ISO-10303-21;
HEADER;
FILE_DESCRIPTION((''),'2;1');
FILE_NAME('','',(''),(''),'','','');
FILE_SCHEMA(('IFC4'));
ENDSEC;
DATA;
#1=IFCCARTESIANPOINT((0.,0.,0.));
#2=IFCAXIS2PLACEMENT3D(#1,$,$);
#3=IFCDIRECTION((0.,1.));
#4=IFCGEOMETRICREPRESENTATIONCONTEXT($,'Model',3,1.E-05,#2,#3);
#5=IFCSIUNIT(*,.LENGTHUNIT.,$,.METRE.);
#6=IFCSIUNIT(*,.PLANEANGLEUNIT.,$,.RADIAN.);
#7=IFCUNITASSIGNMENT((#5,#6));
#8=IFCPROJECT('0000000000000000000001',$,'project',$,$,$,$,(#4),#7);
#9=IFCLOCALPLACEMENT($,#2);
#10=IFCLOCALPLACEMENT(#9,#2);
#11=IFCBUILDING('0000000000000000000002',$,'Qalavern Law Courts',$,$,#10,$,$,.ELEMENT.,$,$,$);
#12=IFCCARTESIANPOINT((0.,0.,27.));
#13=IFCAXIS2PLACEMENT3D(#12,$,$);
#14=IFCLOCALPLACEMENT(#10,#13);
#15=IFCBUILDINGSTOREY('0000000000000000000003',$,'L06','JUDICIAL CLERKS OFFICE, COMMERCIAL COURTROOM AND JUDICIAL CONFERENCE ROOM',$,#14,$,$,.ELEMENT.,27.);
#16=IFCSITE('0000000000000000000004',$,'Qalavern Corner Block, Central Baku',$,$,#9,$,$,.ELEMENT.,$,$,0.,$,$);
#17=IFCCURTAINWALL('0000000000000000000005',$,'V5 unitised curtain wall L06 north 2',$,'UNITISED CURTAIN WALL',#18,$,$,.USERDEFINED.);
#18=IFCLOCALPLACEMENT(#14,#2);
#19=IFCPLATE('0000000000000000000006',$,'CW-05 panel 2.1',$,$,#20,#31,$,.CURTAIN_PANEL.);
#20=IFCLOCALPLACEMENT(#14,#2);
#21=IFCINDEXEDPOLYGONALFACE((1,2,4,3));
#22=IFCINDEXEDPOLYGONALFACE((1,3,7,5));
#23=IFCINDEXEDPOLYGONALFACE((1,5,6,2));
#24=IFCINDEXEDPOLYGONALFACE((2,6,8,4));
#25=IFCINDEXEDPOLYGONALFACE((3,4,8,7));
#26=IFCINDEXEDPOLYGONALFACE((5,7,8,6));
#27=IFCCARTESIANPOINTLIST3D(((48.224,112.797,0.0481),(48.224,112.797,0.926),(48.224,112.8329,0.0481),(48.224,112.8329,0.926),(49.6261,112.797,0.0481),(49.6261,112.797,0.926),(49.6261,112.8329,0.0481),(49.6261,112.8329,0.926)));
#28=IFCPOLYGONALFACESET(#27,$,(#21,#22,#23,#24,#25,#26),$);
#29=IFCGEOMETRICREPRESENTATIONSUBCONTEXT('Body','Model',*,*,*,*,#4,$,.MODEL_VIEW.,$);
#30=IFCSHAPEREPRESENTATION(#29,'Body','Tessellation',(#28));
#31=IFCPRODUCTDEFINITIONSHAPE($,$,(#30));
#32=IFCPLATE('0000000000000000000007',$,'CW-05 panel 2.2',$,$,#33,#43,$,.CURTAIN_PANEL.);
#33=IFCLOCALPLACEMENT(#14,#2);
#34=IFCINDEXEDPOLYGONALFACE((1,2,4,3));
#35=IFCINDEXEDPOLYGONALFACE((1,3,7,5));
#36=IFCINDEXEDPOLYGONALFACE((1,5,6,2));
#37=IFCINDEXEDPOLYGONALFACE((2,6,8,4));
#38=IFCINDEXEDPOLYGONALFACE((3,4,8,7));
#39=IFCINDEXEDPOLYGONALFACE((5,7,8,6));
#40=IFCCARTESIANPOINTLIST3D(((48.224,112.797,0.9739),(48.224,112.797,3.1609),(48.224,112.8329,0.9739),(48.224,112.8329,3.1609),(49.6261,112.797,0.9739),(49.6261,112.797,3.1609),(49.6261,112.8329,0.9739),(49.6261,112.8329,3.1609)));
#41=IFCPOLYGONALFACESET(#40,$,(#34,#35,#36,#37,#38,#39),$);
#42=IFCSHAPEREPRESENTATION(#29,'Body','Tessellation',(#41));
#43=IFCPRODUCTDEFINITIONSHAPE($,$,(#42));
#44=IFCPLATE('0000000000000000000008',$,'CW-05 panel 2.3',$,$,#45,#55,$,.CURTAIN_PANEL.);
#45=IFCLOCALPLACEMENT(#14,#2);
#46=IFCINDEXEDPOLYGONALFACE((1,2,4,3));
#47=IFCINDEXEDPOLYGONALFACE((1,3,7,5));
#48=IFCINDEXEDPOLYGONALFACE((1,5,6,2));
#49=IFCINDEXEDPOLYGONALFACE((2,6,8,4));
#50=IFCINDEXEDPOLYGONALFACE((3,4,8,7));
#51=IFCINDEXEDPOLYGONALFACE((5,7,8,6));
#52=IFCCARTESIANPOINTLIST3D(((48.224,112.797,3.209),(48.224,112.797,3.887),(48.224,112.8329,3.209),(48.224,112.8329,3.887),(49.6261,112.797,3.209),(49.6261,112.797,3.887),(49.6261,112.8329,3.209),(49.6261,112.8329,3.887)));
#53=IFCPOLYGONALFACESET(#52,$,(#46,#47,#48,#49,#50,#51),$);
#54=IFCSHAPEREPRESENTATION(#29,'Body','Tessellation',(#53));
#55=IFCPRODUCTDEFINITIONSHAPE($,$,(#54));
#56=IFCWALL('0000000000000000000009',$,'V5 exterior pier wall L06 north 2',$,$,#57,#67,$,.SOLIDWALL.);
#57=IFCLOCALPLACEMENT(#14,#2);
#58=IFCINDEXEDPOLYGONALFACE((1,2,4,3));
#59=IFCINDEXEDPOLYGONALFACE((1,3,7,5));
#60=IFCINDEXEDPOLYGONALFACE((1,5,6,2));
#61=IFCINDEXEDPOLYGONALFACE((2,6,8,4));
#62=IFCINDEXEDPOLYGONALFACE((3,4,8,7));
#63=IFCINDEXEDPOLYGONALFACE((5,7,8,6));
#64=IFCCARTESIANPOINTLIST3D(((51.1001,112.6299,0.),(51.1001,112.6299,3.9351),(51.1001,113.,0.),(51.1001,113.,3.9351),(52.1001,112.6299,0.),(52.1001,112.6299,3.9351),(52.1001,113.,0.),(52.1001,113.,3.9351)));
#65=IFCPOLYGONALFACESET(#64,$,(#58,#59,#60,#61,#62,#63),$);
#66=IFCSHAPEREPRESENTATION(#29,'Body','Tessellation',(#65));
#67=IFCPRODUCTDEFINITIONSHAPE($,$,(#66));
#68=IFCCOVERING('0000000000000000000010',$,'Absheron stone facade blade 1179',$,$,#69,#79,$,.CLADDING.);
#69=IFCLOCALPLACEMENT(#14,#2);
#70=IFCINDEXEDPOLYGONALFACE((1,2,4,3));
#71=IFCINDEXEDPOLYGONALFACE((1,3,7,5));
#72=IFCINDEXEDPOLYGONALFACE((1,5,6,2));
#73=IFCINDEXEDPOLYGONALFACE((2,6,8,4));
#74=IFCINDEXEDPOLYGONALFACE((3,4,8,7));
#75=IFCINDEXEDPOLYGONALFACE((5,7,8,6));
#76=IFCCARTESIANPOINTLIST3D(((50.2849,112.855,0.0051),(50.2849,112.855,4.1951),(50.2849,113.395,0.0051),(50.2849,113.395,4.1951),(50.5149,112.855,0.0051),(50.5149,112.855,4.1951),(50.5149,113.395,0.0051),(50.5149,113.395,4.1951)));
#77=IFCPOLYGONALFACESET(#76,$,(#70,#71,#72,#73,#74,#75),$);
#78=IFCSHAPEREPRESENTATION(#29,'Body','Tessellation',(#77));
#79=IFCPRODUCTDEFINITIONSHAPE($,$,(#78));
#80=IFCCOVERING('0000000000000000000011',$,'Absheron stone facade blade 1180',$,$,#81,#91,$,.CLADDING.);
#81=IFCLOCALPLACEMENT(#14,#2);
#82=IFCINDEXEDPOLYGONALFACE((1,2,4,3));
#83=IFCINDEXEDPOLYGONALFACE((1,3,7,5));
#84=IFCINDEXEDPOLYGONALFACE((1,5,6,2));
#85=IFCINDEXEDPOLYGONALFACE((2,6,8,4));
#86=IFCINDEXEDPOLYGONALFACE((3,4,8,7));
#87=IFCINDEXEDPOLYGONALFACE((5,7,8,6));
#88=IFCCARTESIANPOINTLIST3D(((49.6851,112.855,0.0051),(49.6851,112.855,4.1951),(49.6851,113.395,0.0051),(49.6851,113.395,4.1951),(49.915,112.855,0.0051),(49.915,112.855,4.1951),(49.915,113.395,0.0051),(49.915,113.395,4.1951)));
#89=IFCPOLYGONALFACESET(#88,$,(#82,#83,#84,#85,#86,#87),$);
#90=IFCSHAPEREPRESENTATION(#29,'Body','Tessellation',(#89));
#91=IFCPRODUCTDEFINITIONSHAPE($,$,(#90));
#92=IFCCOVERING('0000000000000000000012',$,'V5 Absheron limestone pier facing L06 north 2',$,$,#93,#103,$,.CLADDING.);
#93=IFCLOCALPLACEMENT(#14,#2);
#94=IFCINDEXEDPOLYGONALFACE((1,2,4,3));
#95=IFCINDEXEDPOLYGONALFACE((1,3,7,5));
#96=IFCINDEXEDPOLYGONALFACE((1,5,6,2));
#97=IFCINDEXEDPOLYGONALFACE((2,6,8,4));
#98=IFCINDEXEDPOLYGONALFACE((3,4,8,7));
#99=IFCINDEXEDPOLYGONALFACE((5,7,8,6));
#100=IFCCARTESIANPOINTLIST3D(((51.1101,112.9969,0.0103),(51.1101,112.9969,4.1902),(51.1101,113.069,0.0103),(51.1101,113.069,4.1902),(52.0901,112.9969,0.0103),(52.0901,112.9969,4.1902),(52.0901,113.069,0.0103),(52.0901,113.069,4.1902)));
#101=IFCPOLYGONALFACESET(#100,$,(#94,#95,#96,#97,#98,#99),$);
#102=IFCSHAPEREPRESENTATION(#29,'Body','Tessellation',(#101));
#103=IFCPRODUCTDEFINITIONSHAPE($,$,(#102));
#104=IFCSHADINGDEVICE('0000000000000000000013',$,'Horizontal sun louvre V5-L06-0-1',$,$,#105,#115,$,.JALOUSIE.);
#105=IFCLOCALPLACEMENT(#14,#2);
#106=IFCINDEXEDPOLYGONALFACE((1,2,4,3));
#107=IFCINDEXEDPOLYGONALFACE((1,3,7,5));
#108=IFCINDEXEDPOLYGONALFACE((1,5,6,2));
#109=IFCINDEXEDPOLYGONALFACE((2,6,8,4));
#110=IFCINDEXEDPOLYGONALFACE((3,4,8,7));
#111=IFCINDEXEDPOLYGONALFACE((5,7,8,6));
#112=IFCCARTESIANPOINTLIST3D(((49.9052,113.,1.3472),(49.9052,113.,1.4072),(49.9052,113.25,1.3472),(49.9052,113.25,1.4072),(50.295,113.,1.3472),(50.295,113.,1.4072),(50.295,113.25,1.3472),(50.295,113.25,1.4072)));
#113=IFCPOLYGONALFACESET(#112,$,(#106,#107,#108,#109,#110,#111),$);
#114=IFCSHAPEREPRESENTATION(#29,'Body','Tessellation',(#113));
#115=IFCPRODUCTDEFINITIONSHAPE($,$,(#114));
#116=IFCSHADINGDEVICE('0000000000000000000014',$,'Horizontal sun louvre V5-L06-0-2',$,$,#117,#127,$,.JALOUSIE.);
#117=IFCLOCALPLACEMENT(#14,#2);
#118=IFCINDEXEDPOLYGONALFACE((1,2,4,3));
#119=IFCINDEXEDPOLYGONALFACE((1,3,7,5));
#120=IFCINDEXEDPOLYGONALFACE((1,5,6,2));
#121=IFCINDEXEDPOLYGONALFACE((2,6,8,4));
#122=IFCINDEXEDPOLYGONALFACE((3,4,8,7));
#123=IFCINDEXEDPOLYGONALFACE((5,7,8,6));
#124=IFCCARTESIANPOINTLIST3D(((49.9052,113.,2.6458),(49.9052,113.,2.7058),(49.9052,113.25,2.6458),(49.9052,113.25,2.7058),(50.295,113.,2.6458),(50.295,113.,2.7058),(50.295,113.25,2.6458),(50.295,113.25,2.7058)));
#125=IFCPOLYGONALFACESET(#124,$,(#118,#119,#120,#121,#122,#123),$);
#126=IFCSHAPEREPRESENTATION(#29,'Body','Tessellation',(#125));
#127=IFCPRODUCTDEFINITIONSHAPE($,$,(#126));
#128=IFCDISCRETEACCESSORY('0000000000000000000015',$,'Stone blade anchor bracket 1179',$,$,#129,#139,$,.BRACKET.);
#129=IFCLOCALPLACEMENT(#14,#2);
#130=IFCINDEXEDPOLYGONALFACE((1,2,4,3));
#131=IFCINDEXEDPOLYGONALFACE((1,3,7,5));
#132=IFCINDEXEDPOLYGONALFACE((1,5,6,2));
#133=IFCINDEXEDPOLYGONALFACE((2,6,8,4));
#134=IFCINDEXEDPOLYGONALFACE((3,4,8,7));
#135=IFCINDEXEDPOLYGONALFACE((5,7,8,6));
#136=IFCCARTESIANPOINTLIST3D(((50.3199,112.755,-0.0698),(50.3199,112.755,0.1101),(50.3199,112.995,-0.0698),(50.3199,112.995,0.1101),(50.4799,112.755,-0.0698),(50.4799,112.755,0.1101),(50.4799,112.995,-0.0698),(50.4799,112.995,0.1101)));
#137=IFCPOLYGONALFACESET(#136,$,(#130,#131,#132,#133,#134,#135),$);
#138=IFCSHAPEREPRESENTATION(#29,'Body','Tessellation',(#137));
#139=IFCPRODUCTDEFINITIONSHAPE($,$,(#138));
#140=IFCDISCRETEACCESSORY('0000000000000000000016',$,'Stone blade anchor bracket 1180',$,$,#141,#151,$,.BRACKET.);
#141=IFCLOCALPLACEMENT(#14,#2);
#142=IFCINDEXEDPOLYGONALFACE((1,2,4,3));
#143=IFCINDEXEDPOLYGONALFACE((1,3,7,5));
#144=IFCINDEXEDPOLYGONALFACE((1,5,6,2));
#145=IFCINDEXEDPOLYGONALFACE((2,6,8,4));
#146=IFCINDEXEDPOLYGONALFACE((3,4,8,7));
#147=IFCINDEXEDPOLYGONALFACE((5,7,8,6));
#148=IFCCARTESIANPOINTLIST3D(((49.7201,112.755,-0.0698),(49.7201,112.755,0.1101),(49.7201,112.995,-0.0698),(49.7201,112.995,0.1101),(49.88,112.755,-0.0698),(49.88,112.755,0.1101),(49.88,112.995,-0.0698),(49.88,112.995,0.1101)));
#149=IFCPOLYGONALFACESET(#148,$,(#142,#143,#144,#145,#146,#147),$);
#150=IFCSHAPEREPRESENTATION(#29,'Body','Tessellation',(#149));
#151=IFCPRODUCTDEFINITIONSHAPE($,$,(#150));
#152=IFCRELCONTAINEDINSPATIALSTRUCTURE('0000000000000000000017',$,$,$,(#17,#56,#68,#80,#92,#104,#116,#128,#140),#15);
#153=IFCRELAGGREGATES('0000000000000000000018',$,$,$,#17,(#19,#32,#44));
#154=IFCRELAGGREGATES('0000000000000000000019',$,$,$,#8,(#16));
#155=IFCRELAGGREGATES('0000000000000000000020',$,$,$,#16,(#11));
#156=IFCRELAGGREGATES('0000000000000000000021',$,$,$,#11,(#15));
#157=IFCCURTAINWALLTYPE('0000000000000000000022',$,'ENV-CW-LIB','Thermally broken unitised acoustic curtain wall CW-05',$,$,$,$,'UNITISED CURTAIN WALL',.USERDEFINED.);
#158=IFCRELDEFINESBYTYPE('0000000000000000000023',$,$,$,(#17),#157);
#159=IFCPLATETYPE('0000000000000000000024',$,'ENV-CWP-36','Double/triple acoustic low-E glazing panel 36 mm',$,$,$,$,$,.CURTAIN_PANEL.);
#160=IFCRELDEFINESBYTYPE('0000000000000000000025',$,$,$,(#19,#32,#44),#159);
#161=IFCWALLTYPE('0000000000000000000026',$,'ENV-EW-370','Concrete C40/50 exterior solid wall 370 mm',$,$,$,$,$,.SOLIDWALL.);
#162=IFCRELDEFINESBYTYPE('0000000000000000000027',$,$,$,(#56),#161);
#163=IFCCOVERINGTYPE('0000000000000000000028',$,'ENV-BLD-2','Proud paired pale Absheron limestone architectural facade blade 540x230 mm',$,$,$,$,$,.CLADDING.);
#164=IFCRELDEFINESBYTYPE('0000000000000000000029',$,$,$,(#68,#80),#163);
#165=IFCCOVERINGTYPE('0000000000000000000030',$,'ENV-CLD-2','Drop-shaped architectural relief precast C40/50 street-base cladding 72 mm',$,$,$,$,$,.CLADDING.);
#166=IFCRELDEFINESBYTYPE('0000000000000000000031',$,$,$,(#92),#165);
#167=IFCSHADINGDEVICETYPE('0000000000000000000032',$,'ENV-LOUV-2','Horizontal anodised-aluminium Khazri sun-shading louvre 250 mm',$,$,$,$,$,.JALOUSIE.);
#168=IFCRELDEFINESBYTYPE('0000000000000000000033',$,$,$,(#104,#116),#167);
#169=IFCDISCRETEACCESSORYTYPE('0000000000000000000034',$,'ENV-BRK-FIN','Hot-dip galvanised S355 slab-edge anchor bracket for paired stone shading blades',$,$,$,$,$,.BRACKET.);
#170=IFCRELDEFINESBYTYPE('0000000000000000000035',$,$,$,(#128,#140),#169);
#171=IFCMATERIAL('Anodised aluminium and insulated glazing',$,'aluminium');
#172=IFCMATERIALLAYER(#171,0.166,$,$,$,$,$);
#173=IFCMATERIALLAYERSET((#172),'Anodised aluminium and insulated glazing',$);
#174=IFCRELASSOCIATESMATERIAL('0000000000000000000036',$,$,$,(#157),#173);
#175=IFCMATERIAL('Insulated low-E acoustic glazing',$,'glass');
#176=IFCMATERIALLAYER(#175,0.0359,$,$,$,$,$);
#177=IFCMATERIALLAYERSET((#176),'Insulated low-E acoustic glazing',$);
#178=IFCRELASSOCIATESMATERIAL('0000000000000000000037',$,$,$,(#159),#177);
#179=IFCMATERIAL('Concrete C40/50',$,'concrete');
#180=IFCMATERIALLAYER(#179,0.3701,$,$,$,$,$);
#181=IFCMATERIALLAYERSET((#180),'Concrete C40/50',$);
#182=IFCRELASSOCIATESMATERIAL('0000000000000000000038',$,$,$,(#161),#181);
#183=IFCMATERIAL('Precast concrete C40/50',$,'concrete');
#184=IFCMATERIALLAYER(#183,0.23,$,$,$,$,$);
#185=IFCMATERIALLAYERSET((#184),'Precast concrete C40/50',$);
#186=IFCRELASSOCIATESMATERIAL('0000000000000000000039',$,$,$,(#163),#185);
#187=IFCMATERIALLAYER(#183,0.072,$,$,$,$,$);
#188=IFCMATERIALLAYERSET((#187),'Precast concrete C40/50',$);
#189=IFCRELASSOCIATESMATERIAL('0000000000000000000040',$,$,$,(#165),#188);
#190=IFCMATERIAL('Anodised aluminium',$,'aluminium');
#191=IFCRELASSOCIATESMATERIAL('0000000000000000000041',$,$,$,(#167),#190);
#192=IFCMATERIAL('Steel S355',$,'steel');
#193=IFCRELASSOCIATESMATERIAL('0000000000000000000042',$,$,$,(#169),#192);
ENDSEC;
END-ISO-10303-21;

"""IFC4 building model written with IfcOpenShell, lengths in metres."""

from ifc_helpers import new_model, si_unit, direction, frame, frame_2d, origin, origin_2d, place, context, subcontext, project, spatial, rectangle, extrude, material, layer, layer_set, type_object, element, aggregate, save


model = new_model("IFC4")

# Units and contexts
model_context = context("Model", 3, precision=1e-05, world=origin(), true_north=direction((0.0, 1.0)))
body_context = subcontext(model_context, "Body", "Model", "MODEL_VIEW")
ifc_project = project(units=[si_unit("LENGTHUNIT", "METRE"), si_unit("PLANEANGLEUNIT", "RADIAN")], contexts=[model_context])

# Site, building, storey
site_placement = place(None, origin())
site = spatial("IfcSite", under=ifc_project, at=site_placement, Name="Qalavern Corner Block, Central Baku", CompositionType="ELEMENT", RefElevation=0.0)
building_placement = place(site_placement, origin())
building = spatial("IfcBuilding", under=site, at=building_placement, Name="Qalavern Law Courts", CompositionType="ELEMENT")
storey_placement = place(building_placement, frame((0.0, 0.0, 27.0)))
storey = spatial("IfcBuildingStorey", under=building, at=storey_placement, Name="L06", Description="JUDICIAL CLERKS OFFICE, COMMERCIAL COURTROOM AND JUDICIAL CONFERENCE ROOM", CompositionType="ELEMENT", Elevation=27.0)

# Shared definitions
ifc_material_1 = material(Name="Anodised aluminium and insulated glazing", Category="aluminium")
ifc_layer_1 = layer(ifc_material_1, 0.166)
ifc_layer_set_1 = layer_set([ifc_layer_1], Name="Anodised aluminium and insulated glazing")
curtain_wall_type = type_object("IfcCurtainWallType", Name="ENV-CW-LIB", Description="Thermally broken unitised acoustic curtain wall CW-05", ElementType="UNITISED CURTAIN WALL", PredefinedType="USERDEFINED", material=ifc_layer_set_1)
ifc_material_2 = material(Name="Anodised aluminium", Category="aluminium")

# Curtain wall
curtain_wall_1_placement = place(storey_placement, origin())
curtain_wall_1 = element("IfcCurtainWall", 1, at=curtain_wall_1_placement, inside=storey, type_object=curtain_wall_type, Name="V5 unitised curtain wall L06 north 2", ObjectType="UNITISED CURTAIN WALL", PredefinedType="USERDEFINED")

# Shared definitions
ifc_material_3 = material(Name="Concrete C40/50", Category="concrete")

# Plates
ifc_material_4 = material(Name="Insulated low-E acoustic glazing", Category="glass")
ifc_layer_2 = layer(ifc_material_4, 0.0359)
ifc_layer_set_2 = layer_set([ifc_layer_2], Name="Insulated low-E acoustic glazing")
plate_type_1 = type_object("IfcPlateType", Name="ENV-CWP-36", Description="Double/triple acoustic low-E glazing panel 36 mm", PredefinedType="CURTAIN_PANEL", material=ifc_layer_set_2)
plate_1_placement = place(storey_placement, frame((48.925, 112.8149, 0.0481), z_axis=(0.0, 0.0, 1.0), x_axis=(-1.0, 0.0, 0.0)))
plate_1 = element("IfcPlate", 2, at=plate_1_placement, type_object=plate_type_1, Name="CW-05 panel 2.1", PredefinedType="CURTAIN_PANEL", context=body_context, shape_type="SweptSolid", body=[
    extrude(rectangle(XDim=1.4021, YDim=0.0359, at=origin_2d()), origin(), (0.0, 0.0, 1.0), 0.8779),
])
plate_2_placement = place(storey_placement, frame((48.925, 112.8149, 0.9739), z_axis=(0.0, 0.0, 1.0), x_axis=(-1.0, 0.0, 0.0)))
plate_2 = element("IfcPlate", 3, at=plate_2_placement, type_object=plate_type_1, Name="CW-05 panel 2.2", PredefinedType="CURTAIN_PANEL", context=body_context, shape_type="SweptSolid", body=[
    extrude(rectangle(XDim=1.4021, YDim=0.0359, at=origin_2d()), origin(), (0.0, 0.0, 1.0), 2.187),
])
plate_3_placement = place(storey_placement, frame((48.925, 112.8149, 3.209), z_axis=(0.0, 0.0, 1.0), x_axis=(-1.0, 0.0, 0.0)))
plate_3 = element("IfcPlate", 4, at=plate_3_placement, type_object=plate_type_1, Name="CW-05 panel 2.3", PredefinedType="CURTAIN_PANEL", context=body_context, shape_type="SweptSolid", body=[
    extrude(rectangle(XDim=1.4021, YDim=0.0359, at=origin_2d()), origin(), (0.0, 0.0, 1.0), 0.678),
])
aggregate(curtain_wall_1, [plate_1, plate_2, plate_3])

# Wall
ifc_layer_3 = layer(ifc_material_3, 0.3701)
ifc_layer_set_3 = layer_set([ifc_layer_3], Name="Concrete C40/50")
wall_type = type_object("IfcWallType", Name="ENV-EW-370", Description="Concrete C40/50 exterior solid wall 370 mm", PredefinedType="SOLIDWALL", material=ifc_layer_set_3)
wall_placement = place(storey_placement, frame((52.1001, 112.8149, 0.0), z_axis=(0.0, 0.0, 1.0), x_axis=(-1.0, 0.0, 0.0)))
element("IfcWall", 5, at=wall_placement, inside=storey, type_object=wall_type, Name="V5 exterior pier wall L06 north 2", PredefinedType="SOLIDWALL", context=body_context, shape_type="SweptSolid", body=[
    extrude(rectangle(XDim=1.0, YDim=0.3701, at=frame_2d((0.5, 0.0))), origin(), (0.0, 0.0, 1.0), 3.9351),
])

# Coverings
ifc_material_5 = material(Name="Precast concrete C40/50", Category="concrete")
ifc_layer_4 = layer(ifc_material_5, 0.23)
ifc_layer_set_4 = layer_set([ifc_layer_4], Name="Precast concrete C40/50")
covering_type_1 = type_object("IfcCoveringType", Name="ENV-BLD-2", Description="Proud paired pale Absheron limestone architectural facade blade 540x230 mm", PredefinedType="CLADDING", material=ifc_layer_set_4)
for number, where, z_axis, x_axis, name in (
    (6, (50.3999, 113.125, 0.0051), (0.0, 0.0, 1.0), (0.0, 1.0, 0.0), "Absheron stone facade blade 1179"),
    (7, (49.8, 113.125, 0.0051), (0.0, 0.0, 1.0), (0.0, 1.0, 0.0), "Absheron stone facade blade 1180"),
):
    element("IfcCovering", number, at=place(storey_placement, frame(where, z_axis=z_axis, x_axis=x_axis)), inside=storey, type_object=covering_type_1, Name=name, PredefinedType="CLADDING", context=body_context, shape_type="SweptSolid", body=[
        extrude(rectangle(XDim=0.54, YDim=0.23, at=origin_2d()), origin(), (0.0, 0.0, 1.0), 4.1899),
    ])
ifc_layer_5 = layer(ifc_material_5, 0.072)
ifc_layer_set_5 = layer_set([ifc_layer_5], Name="Precast concrete C40/50")
covering_type_2 = type_object("IfcCoveringType", Name="ENV-CLD-2", Description="Drop-shaped architectural relief precast C40/50 street-base cladding 72 mm", PredefinedType="CLADDING", material=ifc_layer_set_5)
covering_placement = place(storey_placement, frame((51.6001, 113.033, 0.0103), z_axis=(0.0, 0.0, 1.0), x_axis=(-1.0, 0.0, 0.0)))
element("IfcCovering", 8, at=covering_placement, inside=storey, type_object=covering_type_2, Name="V5 Absheron limestone pier facing L06 north 2", PredefinedType="CLADDING", context=body_context, shape_type="SweptSolid", body=[
    extrude(rectangle(XDim=0.98, YDim=0.072, at=origin_2d()), origin(), (0.0, 0.0, 1.0), 4.1799),
])

# Shading devices
shading_device_type = type_object("IfcShadingDeviceType", Name="ENV-LOUV-2", Description="Horizontal anodised-aluminium Khazri sun-shading louvre 250 mm", PredefinedType="JALOUSIE", material=ifc_material_2)
for number, where, z_axis, x_axis, name in (
    (9, (50.1001, 113.125, 1.3472), (0.0, 0.0, 1.0), (-1.0, 0.0, 0.0), "Horizontal sun louvre V5-L06-0-1"),
    (10, (50.1001, 113.125, 2.6458), (0.0, 0.0, 1.0), (-1.0, 0.0, 0.0), "Horizontal sun louvre V5-L06-0-2"),
):
    element("IfcShadingDevice", number, at=place(storey_placement, frame(where, z_axis=z_axis, x_axis=x_axis)), inside=storey, type_object=shading_device_type, Name=name, PredefinedType="JALOUSIE", context=body_context, shape_type="SweptSolid", body=[
        extrude(rectangle(XDim=0.3899, YDim=0.25, at=origin_2d()), origin(), (0.0, 0.0, 1.0), 0.0601),
    ])

# Discrete accessories
ifc_material_6 = material(Name="Steel S355", Category="steel")
discrete_accessory_type = type_object("IfcDiscreteAccessoryType", Name="ENV-BRK-FIN", Description="Hot-dip galvanised S355 slab-edge anchor bracket for paired stone shading blades", PredefinedType="BRACKET", material=ifc_material_6)
for number, where, z_axis, x_axis, name in (
    (11, (50.3999, 112.875, -0.0698), (0.0, 0.0, 1.0), (0.0, 1.0, 0.0), "Stone blade anchor bracket 1179"),
    (12, (49.8, 112.875, -0.0698), (0.0, 0.0, 1.0), (0.0, 1.0, 0.0), "Stone blade anchor bracket 1180"),
):
    element("IfcDiscreteAccessory", number, at=place(storey_placement, frame(where, z_axis=z_axis, x_axis=x_axis)), inside=storey, type_object=discrete_accessory_type, Name=name, PredefinedType="BRACKET", context=body_context, shape_type="SweptSolid", body=[
        extrude(rectangle(XDim=0.24, YDim=0.1599, at=origin_2d()), origin(), (0.0, 0.0, 1.0), 0.1799),
    ])

save(model, "model.ifc")
